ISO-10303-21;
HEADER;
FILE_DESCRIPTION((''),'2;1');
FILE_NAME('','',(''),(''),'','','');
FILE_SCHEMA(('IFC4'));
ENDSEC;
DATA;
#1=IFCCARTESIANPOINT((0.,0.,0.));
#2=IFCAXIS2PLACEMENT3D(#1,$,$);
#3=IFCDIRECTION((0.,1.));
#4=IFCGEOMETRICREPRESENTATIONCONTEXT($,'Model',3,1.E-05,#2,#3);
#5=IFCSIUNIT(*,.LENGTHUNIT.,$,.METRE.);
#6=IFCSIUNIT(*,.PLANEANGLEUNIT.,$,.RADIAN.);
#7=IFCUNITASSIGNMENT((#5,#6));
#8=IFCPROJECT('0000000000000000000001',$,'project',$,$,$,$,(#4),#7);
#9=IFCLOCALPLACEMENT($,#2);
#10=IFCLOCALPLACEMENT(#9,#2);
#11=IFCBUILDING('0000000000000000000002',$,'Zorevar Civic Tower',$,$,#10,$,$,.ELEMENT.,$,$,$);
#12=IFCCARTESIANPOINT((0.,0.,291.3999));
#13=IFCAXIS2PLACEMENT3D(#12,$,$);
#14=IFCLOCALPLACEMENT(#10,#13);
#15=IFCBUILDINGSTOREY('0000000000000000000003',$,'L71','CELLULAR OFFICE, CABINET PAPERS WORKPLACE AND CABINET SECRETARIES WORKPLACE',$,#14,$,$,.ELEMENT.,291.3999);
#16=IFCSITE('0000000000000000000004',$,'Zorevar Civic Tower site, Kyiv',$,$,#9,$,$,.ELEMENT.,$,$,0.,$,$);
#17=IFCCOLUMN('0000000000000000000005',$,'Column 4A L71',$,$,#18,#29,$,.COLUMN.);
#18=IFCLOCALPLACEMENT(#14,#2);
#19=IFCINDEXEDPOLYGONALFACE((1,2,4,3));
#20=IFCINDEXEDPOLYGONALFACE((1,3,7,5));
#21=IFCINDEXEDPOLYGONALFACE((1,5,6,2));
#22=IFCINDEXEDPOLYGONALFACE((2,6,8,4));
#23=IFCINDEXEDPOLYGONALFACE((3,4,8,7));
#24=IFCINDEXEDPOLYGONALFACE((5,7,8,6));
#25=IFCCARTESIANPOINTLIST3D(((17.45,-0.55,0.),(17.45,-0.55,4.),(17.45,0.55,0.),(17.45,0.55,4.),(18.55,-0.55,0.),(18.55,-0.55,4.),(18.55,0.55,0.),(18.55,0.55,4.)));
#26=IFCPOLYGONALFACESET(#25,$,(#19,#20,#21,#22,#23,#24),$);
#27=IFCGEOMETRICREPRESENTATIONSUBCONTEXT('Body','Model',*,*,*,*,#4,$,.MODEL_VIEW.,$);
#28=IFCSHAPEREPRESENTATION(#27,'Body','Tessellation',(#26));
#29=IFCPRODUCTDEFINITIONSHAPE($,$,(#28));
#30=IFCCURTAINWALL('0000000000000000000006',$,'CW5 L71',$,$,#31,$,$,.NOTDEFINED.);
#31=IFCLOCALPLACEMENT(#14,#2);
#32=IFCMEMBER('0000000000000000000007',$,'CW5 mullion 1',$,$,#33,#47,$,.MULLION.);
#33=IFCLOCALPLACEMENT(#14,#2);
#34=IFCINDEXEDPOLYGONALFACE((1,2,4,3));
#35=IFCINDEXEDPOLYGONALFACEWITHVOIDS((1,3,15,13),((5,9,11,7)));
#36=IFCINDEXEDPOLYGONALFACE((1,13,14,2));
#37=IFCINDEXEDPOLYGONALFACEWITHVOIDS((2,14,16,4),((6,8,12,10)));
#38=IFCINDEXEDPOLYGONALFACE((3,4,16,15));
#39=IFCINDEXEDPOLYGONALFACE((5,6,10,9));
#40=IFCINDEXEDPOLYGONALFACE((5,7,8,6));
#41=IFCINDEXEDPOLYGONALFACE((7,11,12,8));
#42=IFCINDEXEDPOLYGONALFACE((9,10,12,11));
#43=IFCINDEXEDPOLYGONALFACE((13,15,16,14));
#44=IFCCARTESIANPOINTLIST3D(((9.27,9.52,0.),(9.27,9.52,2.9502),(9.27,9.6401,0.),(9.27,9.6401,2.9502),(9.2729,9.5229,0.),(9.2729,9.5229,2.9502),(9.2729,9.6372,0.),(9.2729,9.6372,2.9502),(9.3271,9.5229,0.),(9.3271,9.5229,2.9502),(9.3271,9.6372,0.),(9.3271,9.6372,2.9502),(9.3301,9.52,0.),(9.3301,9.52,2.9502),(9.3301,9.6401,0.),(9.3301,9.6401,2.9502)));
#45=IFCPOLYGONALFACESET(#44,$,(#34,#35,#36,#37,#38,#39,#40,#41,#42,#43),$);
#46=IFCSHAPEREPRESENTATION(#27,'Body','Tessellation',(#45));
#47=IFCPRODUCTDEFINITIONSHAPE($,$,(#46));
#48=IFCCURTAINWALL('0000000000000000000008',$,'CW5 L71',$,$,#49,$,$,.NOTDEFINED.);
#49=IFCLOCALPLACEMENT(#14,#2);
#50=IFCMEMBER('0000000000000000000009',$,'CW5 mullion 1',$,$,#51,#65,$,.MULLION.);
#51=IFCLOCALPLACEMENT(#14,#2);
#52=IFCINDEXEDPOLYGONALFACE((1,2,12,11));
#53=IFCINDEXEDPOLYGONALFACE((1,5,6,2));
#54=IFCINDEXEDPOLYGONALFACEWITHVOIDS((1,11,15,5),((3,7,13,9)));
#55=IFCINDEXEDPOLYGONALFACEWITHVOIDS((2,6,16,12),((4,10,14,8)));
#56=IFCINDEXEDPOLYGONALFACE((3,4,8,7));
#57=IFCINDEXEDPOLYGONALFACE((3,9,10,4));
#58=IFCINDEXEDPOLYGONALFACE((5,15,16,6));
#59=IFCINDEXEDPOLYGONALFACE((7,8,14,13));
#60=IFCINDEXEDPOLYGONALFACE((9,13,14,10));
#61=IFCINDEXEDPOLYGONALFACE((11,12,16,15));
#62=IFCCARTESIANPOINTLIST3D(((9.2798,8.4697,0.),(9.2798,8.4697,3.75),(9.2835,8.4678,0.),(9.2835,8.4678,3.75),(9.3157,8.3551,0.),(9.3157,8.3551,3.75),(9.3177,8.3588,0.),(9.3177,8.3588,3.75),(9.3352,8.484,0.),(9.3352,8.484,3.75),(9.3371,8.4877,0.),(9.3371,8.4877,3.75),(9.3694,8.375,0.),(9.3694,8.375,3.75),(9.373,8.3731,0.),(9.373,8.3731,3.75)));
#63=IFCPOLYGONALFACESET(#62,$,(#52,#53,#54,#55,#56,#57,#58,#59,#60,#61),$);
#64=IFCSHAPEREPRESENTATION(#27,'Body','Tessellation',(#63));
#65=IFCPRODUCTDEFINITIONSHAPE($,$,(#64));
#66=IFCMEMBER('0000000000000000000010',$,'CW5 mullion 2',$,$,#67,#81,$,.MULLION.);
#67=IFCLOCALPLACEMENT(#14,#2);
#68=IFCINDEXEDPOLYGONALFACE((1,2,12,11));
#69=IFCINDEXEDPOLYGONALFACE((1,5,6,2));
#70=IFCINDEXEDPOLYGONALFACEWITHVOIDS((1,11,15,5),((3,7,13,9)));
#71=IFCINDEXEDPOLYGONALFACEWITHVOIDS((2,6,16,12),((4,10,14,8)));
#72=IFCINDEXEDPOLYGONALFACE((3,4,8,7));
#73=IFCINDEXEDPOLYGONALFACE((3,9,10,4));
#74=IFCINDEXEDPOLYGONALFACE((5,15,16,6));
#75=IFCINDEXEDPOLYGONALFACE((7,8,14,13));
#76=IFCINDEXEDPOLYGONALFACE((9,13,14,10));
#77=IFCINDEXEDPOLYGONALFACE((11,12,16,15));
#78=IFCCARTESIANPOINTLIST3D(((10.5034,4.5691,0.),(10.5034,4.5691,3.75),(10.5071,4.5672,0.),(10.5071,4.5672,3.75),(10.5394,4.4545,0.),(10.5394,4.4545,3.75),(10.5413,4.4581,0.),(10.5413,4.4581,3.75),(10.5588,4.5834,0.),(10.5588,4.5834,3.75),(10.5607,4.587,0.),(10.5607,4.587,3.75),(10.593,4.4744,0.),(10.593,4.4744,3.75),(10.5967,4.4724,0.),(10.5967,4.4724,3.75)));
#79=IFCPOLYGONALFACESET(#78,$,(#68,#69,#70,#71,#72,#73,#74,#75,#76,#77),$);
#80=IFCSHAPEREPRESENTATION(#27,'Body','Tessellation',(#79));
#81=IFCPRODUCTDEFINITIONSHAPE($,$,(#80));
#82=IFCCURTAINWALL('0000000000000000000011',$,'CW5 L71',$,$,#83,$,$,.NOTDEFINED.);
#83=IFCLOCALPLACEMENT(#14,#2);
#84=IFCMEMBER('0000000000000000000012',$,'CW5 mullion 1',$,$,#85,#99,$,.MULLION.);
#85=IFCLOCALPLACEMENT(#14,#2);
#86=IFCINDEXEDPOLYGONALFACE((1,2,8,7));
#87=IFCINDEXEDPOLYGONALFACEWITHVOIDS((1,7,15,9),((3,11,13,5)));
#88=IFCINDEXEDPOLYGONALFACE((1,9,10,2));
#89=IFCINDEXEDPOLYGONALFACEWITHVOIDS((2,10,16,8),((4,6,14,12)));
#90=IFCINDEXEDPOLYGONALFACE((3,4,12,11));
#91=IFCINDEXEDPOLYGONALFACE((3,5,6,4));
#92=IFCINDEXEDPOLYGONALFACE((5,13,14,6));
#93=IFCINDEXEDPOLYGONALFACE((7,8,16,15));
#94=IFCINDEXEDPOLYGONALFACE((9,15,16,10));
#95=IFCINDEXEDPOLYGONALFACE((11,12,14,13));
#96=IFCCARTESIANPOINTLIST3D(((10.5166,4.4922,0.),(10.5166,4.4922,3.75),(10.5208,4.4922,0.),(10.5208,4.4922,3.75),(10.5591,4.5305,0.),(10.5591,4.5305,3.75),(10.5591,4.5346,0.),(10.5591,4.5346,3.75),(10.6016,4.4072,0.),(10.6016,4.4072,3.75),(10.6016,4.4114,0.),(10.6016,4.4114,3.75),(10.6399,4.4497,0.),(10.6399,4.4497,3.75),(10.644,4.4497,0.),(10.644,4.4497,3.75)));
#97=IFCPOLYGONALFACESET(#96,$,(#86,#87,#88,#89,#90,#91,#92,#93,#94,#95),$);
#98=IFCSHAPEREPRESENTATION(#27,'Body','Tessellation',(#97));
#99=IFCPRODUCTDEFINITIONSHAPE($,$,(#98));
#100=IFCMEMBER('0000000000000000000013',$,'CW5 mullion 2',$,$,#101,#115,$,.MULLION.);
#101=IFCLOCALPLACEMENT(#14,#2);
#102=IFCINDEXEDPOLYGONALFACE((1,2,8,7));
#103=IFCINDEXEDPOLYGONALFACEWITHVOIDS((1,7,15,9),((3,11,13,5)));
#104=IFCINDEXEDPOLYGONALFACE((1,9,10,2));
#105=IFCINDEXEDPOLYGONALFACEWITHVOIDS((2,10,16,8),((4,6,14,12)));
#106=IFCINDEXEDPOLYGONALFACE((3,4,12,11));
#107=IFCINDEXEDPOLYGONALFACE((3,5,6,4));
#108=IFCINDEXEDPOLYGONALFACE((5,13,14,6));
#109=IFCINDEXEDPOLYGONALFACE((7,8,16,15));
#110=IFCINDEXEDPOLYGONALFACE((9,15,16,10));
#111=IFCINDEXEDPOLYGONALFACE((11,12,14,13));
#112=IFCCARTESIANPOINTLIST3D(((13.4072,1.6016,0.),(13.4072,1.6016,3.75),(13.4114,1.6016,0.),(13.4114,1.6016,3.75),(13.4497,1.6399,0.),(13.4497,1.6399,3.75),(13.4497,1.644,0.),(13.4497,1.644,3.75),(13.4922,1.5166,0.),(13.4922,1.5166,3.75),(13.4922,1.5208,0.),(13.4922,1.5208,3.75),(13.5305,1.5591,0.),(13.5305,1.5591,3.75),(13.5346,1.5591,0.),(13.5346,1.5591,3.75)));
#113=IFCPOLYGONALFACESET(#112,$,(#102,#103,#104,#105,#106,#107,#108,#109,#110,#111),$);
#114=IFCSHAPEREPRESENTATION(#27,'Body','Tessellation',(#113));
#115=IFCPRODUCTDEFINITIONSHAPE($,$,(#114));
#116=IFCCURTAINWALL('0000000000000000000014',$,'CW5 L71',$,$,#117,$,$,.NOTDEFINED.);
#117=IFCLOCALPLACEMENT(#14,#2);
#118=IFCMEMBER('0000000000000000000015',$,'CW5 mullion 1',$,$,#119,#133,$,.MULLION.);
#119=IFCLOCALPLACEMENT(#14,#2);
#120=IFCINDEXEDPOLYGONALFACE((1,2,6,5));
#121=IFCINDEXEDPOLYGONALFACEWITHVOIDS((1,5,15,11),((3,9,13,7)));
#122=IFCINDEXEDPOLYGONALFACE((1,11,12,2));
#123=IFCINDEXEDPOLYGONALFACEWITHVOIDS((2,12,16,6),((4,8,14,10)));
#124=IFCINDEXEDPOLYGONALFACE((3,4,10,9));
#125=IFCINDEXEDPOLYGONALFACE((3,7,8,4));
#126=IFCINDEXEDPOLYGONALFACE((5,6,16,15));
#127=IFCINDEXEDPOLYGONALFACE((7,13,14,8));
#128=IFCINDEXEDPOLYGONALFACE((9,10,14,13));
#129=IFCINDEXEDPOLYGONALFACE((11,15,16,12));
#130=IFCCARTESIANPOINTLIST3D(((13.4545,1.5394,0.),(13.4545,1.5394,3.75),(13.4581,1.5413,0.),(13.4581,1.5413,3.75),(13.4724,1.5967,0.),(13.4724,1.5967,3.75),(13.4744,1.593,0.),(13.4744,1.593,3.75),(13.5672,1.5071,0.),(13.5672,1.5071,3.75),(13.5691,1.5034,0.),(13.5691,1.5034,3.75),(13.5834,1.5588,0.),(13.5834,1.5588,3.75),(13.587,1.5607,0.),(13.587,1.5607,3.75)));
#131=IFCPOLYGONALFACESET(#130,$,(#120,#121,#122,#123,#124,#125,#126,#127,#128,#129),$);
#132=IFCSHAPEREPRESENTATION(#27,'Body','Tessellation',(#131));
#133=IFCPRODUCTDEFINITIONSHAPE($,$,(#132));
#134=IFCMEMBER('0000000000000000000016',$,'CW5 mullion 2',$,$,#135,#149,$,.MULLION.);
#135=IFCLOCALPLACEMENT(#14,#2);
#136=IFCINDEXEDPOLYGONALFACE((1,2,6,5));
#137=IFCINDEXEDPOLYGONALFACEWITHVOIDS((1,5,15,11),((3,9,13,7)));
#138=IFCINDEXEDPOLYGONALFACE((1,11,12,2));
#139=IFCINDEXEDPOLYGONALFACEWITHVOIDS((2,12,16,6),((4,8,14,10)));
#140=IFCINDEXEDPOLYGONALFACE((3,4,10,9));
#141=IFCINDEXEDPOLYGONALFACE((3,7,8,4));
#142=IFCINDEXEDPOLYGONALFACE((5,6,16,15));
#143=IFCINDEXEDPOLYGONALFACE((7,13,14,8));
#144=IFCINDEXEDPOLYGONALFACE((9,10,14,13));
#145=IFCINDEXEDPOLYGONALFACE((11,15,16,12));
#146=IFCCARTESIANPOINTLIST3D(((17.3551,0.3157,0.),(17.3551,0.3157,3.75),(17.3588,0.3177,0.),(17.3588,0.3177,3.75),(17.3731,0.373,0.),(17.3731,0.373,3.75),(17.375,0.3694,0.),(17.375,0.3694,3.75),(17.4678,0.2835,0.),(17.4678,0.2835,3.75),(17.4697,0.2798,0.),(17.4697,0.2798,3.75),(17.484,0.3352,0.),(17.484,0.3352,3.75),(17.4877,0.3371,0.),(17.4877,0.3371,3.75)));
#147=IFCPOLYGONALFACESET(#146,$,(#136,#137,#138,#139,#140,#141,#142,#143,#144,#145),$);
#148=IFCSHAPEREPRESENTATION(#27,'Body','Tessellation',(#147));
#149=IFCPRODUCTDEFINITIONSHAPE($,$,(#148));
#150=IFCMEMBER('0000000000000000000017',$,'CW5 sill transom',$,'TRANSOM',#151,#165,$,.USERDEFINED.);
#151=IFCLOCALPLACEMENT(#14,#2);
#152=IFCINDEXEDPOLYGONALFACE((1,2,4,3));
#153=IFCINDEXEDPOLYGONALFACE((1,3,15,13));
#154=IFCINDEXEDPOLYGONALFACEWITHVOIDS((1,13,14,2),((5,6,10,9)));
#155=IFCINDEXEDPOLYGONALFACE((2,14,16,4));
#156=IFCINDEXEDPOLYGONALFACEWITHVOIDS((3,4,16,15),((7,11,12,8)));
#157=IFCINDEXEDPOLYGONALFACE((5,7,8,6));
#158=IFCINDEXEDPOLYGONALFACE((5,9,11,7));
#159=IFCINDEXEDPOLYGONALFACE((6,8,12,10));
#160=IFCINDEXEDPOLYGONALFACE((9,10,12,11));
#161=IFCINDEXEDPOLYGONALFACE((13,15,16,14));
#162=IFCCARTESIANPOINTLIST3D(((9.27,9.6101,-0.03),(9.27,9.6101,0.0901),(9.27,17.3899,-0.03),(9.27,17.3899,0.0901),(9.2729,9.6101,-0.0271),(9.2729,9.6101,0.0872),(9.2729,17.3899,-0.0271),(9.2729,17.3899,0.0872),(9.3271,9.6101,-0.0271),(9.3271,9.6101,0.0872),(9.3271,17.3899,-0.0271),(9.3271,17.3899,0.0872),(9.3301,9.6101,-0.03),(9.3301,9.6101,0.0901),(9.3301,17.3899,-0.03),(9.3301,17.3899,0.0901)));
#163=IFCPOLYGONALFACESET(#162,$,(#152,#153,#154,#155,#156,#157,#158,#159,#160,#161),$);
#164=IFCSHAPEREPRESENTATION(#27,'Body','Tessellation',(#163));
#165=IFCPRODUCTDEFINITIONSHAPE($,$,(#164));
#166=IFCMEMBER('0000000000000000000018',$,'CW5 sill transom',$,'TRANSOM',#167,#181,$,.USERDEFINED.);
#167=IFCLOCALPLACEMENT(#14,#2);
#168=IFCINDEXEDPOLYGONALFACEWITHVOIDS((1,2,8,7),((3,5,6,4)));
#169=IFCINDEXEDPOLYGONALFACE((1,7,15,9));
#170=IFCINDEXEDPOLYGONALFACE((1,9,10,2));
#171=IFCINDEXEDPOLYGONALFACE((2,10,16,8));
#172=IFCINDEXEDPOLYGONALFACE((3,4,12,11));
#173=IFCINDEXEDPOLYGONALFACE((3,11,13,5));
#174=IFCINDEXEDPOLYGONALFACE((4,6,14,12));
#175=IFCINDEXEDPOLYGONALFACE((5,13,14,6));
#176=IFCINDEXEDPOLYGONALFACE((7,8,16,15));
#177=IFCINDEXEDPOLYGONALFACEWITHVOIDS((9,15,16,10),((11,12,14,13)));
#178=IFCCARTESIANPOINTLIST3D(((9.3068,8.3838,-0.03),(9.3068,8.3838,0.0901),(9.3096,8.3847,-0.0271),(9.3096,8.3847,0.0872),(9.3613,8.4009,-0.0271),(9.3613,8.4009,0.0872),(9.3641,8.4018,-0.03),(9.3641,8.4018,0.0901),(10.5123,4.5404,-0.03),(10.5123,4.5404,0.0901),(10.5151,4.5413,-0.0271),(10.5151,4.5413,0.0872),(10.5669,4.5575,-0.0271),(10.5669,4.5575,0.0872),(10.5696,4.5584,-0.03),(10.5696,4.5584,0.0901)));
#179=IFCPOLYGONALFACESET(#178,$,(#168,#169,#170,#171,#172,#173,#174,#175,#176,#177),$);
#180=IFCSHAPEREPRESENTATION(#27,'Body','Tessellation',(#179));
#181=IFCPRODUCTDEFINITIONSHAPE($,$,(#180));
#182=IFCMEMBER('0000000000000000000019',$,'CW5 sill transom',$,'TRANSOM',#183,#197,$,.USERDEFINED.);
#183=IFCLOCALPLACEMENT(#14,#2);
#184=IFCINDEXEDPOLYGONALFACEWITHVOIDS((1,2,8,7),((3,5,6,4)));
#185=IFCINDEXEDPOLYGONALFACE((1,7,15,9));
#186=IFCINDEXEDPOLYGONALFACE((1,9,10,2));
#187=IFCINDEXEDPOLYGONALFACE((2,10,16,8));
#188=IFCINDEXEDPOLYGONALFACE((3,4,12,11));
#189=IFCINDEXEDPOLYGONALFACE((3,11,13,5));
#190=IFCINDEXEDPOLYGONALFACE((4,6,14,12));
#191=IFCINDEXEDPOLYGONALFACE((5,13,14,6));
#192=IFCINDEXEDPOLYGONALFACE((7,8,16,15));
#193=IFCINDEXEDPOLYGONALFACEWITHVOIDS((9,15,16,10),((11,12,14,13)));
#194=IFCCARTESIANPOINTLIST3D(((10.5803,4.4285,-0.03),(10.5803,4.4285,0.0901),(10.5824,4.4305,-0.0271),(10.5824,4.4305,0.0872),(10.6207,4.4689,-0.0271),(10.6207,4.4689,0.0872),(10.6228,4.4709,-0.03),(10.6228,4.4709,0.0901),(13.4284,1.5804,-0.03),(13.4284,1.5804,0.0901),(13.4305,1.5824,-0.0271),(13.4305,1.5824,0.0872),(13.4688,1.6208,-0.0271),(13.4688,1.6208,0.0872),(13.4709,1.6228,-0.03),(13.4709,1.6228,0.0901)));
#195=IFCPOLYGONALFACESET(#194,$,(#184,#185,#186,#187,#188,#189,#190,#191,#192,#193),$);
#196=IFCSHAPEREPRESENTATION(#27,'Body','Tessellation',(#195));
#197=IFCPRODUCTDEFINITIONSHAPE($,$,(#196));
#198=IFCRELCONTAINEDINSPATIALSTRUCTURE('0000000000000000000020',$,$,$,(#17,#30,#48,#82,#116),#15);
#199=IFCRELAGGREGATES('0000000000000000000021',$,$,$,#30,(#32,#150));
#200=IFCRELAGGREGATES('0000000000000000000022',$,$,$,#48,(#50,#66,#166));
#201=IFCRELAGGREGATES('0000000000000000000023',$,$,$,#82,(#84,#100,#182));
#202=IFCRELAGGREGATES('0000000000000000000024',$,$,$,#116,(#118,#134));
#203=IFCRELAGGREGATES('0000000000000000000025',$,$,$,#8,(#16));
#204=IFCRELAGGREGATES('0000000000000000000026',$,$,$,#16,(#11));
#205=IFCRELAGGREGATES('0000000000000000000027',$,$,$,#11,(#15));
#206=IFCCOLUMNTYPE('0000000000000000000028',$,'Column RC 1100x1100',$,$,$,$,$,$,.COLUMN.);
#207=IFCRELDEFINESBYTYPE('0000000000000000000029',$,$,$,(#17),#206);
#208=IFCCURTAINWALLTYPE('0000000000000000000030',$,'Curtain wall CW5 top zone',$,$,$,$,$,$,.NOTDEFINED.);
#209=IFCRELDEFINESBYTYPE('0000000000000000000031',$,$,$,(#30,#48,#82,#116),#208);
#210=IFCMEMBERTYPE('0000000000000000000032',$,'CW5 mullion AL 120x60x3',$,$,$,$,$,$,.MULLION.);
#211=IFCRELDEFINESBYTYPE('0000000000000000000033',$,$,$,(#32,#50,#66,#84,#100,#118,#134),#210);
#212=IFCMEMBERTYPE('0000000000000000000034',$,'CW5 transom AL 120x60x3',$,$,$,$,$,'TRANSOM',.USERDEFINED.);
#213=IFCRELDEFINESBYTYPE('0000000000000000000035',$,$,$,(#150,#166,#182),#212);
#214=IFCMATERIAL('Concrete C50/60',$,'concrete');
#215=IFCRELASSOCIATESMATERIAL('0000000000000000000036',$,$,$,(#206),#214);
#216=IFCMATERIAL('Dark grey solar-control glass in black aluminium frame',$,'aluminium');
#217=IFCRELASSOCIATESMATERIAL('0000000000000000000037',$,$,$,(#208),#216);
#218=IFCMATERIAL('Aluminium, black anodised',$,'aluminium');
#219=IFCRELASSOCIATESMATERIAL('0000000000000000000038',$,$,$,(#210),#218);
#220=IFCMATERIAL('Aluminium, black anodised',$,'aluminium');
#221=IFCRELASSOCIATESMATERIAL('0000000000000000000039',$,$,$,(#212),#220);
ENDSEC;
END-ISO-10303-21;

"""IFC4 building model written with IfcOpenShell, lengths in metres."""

from ifc_helpers import new_model, si_unit, direction, frame, origin, origin_2d, place, context, subcontext, project, spatial, rectangle, hollow_rectangle, extrude, material, material_profile, profile_set, type_object, element, aggregate, save


model = new_model("IFC4")

# Units and contexts
model_context = context("Model", 3, precision=1e-05, world=origin(), true_north=direction((0.0, 1.0)))
body_context = subcontext(model_context, "Body", "Model", "MODEL_VIEW")
ifc_project = project(units=[si_unit("LENGTHUNIT", "METRE"), si_unit("PLANEANGLEUNIT", "RADIAN")], contexts=[model_context])

# Site, building, storey
site_placement = place(None, origin())
site = spatial("IfcSite", under=ifc_project, at=site_placement, Name="Zorevar Civic Tower site, Kyiv", CompositionType="ELEMENT", RefElevation=0.0)
building_placement = place(site_placement, origin())
building = spatial("IfcBuilding", under=site, at=building_placement, Name="Zorevar Civic Tower", CompositionType="ELEMENT")
storey_placement = place(building_placement, frame((0.0, 0.0, 291.3999)))
storey = spatial("IfcBuildingStorey", under=building, at=storey_placement, Name="L71", Description="CELLULAR OFFICE, CABINET PAPERS WORKPLACE AND CABINET SECRETARIES WORKPLACE", CompositionType="ELEMENT", Elevation=291.3999)

# Column
ifc_material_1 = material(Name="Concrete C50/60", Category="concrete")
ifc_material_profile_1 = material_profile(ifc_material_1, rectangle(XDim=1.1001, YDim=1.1001, at=origin_2d()), Name="RC 1100x1100")
ifc_profile_set_1 = profile_set([ifc_material_profile_1], Name="Concrete C50/60")
column_type = type_object("IfcColumnType", Name="Column RC 1100x1100", PredefinedType="COLUMN", material=ifc_profile_set_1)
column_placement = place(storey_placement, frame((18.0, 0.0, 0.0), z_axis=(0.0, 0.0, 1.0), x_axis=(1.0, 0.0, 0.0)))
element("IfcColumn", 1, at=column_placement, inside=storey, type_object=column_type, Name="Column 4A L71", PredefinedType="COLUMN", context=body_context, shape_type="SweptSolid", body=[
    extrude(rectangle(XDim=1.1001, YDim=1.1001, at=origin_2d()), origin(), (0.0, 0.0, 1.0), 4.0),
])

# Curtain wall, member
ifc_material_2 = material(Name="Dark grey solar-control glass in black aluminium frame", Category="aluminium")
curtain_wall_type = type_object("IfcCurtainWallType", Name="Curtain wall CW5 top zone", PredefinedType="NOTDEFINED", material=ifc_material_2)
curtain_wall_1_placement = place(storey_placement, origin())
curtain_wall_1 = element("IfcCurtainWall", 2, at=curtain_wall_1_placement, inside=storey, type_object=curtain_wall_type, Name="CW5 L71", PredefinedType="NOTDEFINED")
ifc_material_3 = material(Name="Aluminium, black anodised", Category="aluminium")
ifc_material_profile_2 = material_profile(ifc_material_3, hollow_rectangle(XDim=0.0601, YDim=0.1201, WallThickness=0.0029, at=origin_2d()), Name="AL 120x60x3")
ifc_profile_set_2 = profile_set([ifc_material_profile_2], Name="Aluminium, black anodised")
member_type_1 = type_object("IfcMemberType", Name="CW5 mullion AL 120x60x3", PredefinedType="MULLION", material=ifc_profile_set_2)
member_1_placement = place(storey_placement, frame((9.3, 9.5801, 0.0), z_axis=(0.0, 0.0, 1.0), x_axis=(-1.0, 0.0, 0.0)))
member_1 = element("IfcMember", 3, at=member_1_placement, type_object=member_type_1, Name="CW5 mullion 1", PredefinedType="MULLION", context=body_context, shape_type="SweptSolid", body=[
    extrude(hollow_rectangle(XDim=0.0601, YDim=0.1201, WallThickness=0.0029, at=origin_2d()), origin(), (0.0, 0.0, 1.0), 2.9502),
])

# Curtain walls, members
curtain_wall_2_placement = place(storey_placement, origin())
curtain_wall_2 = element("IfcCurtainWall", 4, at=curtain_wall_2_placement, inside=storey, type_object=curtain_wall_type, Name="CW5 L71", PredefinedType="NOTDEFINED")
member_2_placement = place(storey_placement, frame((9.3264, 8.4214, 0.0), z_axis=(0.0, 0.0, 1.0), x_axis=(0.954153, 0.299318, 0.0)))
member_2 = element("IfcMember", 5, at=member_2_placement, type_object=member_type_1, Name="CW5 mullion 1", PredefinedType="MULLION", context=body_context, shape_type="SweptSolid", body=[
    extrude(hollow_rectangle(XDim=0.0601, YDim=0.1201, WallThickness=0.0029, at=origin_2d()), origin(), (0.0, 0.0, 1.0), 3.75),
])
member_3_placement = place(storey_placement, frame((10.55, 4.5208, 0.0), z_axis=(0.0, 0.0, 1.0), x_axis=(0.954153, 0.299318, 0.0)))
member_3 = element("IfcMember", 6, at=member_3_placement, type_object=member_type_1, Name="CW5 mullion 2", PredefinedType="MULLION", context=body_context, shape_type="SweptSolid", body=[
    extrude(hollow_rectangle(XDim=0.0601, YDim=0.1201, WallThickness=0.0029, at=origin_2d()), origin(), (0.0, 0.0, 1.0), 3.75),
])
curtain_wall_3_placement = place(storey_placement, origin())
curtain_wall_3 = element("IfcCurtainWall", 7, at=curtain_wall_3_placement, inside=storey, type_object=curtain_wall_type, Name="CW5 L71", PredefinedType="NOTDEFINED")
member_4_placement = place(storey_placement, frame((10.5803, 4.4709, 0.0), z_axis=(0.0, 0.0, 1.0), x_axis=(0.707107, 0.707107, 0.0)))
member_4 = element("IfcMember", 8, at=member_4_placement, type_object=member_type_1, Name="CW5 mullion 1", PredefinedType="MULLION", context=body_context, shape_type="SweptSolid", body=[
    extrude(hollow_rectangle(XDim=0.0601, YDim=0.1201, WallThickness=0.0029, at=origin_2d()), origin(), (0.0, 0.0, 1.0), 3.75),
])
member_5_placement = place(storey_placement, frame((13.4709, 1.5803, 0.0), z_axis=(0.0, 0.0, 1.0), x_axis=(0.707107, 0.707107, 0.0)))
member_5 = element("IfcMember", 9, at=member_5_placement, type_object=member_type_1, Name="CW5 mullion 2", PredefinedType="MULLION", context=body_context, shape_type="SweptSolid", body=[
    extrude(hollow_rectangle(XDim=0.0601, YDim=0.1201, WallThickness=0.0029, at=origin_2d()), origin(), (0.0, 0.0, 1.0), 3.75),
])
curtain_wall_4_placement = place(storey_placement, origin())
curtain_wall_4 = element("IfcCurtainWall", 10, at=curtain_wall_4_placement, inside=storey, type_object=curtain_wall_type, Name="CW5 L71", PredefinedType="NOTDEFINED")
member_6_placement = place(storey_placement, frame((13.5208, 1.55, 0.0), z_axis=(0.0, 0.0, 1.0), x_axis=(0.299318, 0.954153, 0.0)))
member_6 = element("IfcMember", 11, at=member_6_placement, type_object=member_type_1, Name="CW5 mullion 1", PredefinedType="MULLION", context=body_context, shape_type="SweptSolid", body=[
    extrude(hollow_rectangle(XDim=0.0601, YDim=0.1201, WallThickness=0.0029, at=origin_2d()), origin(), (0.0, 0.0, 1.0), 3.75),
])
member_7_placement = place(storey_placement, frame((17.4214, 0.3264, 0.0), z_axis=(0.0, 0.0, 1.0), x_axis=(0.299318, 0.954153, 0.0)))
member_7 = element("IfcMember", 12, at=member_7_placement, type_object=member_type_1, Name="CW5 mullion 2", PredefinedType="MULLION", context=body_context, shape_type="SweptSolid", body=[
    extrude(hollow_rectangle(XDim=0.0601, YDim=0.1201, WallThickness=0.0029, at=origin_2d()), origin(), (0.0, 0.0, 1.0), 3.75),
])

# Members
ifc_material_4 = material(Name="Aluminium, black anodised", Category="aluminium")
ifc_material_profile_3 = material_profile(ifc_material_4, hollow_rectangle(XDim=0.0601, YDim=0.1201, WallThickness=0.0029, at=origin_2d()), Name="AL 120x60x3")
ifc_profile_set_3 = profile_set([ifc_material_profile_3], Name="Aluminium, black anodised")
member_type_2 = type_object("IfcMemberType", Name="CW5 transom AL 120x60x3", ElementType="TRANSOM", PredefinedType="USERDEFINED", material=ifc_profile_set_3)
member_8_placement = place(storey_placement, frame((9.3, 9.6101, 0.03), z_axis=(0.0, 1.0, 0.0), x_axis=(-1.0, 0.0, 0.0)))
member_8 = element("IfcMember", 13, at=member_8_placement, type_object=member_type_2, Name="CW5 sill transom", ObjectType="TRANSOM", PredefinedType="USERDEFINED", context=body_context, shape_type="SweptSolid", body=[
    extrude(hollow_rectangle(XDim=0.0601, YDim=0.1201, WallThickness=0.0029, at=origin_2d()), origin(), (0.0, 0.0, 1.0), 7.7798),
])
member_9_placement = place(storey_placement, frame((9.3354, 8.3928, 0.03), z_axis=(0.299286, -0.954163, 0.0), x_axis=(0.954163, 0.299286, 0.0)))
member_9 = element("IfcMember", 14, at=member_9_placement, type_object=member_type_2, Name="CW5 sill transom", ObjectType="TRANSOM", PredefinedType="USERDEFINED", context=body_context, shape_type="SweptSolid", body=[
    extrude(hollow_rectangle(XDim=0.0601, YDim=0.1201, WallThickness=0.0029, at=origin_2d()), origin(), (0.0, 0.0, 1.0), 4.0281),
])
member_10_placement = place(storey_placement, frame((10.6016, 4.4497, 0.03), z_axis=(0.707107, -0.707107, 0.0), x_axis=(0.707107, 0.707107, 0.0)))
member_10 = element("IfcMember", 15, at=member_10_placement, type_object=member_type_2, Name="CW5 sill transom", ObjectType="TRANSOM", PredefinedType="USERDEFINED", context=body_context, shape_type="SweptSolid", body=[
    extrude(hollow_rectangle(XDim=0.0601, YDim=0.1201, WallThickness=0.0029, at=origin_2d()), origin(), (0.0, 0.0, 1.0), 4.0278),
])

aggregate(curtain_wall_1, [member_1, member_8])
aggregate(curtain_wall_2, [member_2, member_3, member_9])
aggregate(curtain_wall_3, [member_4, member_5, member_10])
aggregate(curtain_wall_4, [member_6, member_7])

save(model, "model.ifc")
